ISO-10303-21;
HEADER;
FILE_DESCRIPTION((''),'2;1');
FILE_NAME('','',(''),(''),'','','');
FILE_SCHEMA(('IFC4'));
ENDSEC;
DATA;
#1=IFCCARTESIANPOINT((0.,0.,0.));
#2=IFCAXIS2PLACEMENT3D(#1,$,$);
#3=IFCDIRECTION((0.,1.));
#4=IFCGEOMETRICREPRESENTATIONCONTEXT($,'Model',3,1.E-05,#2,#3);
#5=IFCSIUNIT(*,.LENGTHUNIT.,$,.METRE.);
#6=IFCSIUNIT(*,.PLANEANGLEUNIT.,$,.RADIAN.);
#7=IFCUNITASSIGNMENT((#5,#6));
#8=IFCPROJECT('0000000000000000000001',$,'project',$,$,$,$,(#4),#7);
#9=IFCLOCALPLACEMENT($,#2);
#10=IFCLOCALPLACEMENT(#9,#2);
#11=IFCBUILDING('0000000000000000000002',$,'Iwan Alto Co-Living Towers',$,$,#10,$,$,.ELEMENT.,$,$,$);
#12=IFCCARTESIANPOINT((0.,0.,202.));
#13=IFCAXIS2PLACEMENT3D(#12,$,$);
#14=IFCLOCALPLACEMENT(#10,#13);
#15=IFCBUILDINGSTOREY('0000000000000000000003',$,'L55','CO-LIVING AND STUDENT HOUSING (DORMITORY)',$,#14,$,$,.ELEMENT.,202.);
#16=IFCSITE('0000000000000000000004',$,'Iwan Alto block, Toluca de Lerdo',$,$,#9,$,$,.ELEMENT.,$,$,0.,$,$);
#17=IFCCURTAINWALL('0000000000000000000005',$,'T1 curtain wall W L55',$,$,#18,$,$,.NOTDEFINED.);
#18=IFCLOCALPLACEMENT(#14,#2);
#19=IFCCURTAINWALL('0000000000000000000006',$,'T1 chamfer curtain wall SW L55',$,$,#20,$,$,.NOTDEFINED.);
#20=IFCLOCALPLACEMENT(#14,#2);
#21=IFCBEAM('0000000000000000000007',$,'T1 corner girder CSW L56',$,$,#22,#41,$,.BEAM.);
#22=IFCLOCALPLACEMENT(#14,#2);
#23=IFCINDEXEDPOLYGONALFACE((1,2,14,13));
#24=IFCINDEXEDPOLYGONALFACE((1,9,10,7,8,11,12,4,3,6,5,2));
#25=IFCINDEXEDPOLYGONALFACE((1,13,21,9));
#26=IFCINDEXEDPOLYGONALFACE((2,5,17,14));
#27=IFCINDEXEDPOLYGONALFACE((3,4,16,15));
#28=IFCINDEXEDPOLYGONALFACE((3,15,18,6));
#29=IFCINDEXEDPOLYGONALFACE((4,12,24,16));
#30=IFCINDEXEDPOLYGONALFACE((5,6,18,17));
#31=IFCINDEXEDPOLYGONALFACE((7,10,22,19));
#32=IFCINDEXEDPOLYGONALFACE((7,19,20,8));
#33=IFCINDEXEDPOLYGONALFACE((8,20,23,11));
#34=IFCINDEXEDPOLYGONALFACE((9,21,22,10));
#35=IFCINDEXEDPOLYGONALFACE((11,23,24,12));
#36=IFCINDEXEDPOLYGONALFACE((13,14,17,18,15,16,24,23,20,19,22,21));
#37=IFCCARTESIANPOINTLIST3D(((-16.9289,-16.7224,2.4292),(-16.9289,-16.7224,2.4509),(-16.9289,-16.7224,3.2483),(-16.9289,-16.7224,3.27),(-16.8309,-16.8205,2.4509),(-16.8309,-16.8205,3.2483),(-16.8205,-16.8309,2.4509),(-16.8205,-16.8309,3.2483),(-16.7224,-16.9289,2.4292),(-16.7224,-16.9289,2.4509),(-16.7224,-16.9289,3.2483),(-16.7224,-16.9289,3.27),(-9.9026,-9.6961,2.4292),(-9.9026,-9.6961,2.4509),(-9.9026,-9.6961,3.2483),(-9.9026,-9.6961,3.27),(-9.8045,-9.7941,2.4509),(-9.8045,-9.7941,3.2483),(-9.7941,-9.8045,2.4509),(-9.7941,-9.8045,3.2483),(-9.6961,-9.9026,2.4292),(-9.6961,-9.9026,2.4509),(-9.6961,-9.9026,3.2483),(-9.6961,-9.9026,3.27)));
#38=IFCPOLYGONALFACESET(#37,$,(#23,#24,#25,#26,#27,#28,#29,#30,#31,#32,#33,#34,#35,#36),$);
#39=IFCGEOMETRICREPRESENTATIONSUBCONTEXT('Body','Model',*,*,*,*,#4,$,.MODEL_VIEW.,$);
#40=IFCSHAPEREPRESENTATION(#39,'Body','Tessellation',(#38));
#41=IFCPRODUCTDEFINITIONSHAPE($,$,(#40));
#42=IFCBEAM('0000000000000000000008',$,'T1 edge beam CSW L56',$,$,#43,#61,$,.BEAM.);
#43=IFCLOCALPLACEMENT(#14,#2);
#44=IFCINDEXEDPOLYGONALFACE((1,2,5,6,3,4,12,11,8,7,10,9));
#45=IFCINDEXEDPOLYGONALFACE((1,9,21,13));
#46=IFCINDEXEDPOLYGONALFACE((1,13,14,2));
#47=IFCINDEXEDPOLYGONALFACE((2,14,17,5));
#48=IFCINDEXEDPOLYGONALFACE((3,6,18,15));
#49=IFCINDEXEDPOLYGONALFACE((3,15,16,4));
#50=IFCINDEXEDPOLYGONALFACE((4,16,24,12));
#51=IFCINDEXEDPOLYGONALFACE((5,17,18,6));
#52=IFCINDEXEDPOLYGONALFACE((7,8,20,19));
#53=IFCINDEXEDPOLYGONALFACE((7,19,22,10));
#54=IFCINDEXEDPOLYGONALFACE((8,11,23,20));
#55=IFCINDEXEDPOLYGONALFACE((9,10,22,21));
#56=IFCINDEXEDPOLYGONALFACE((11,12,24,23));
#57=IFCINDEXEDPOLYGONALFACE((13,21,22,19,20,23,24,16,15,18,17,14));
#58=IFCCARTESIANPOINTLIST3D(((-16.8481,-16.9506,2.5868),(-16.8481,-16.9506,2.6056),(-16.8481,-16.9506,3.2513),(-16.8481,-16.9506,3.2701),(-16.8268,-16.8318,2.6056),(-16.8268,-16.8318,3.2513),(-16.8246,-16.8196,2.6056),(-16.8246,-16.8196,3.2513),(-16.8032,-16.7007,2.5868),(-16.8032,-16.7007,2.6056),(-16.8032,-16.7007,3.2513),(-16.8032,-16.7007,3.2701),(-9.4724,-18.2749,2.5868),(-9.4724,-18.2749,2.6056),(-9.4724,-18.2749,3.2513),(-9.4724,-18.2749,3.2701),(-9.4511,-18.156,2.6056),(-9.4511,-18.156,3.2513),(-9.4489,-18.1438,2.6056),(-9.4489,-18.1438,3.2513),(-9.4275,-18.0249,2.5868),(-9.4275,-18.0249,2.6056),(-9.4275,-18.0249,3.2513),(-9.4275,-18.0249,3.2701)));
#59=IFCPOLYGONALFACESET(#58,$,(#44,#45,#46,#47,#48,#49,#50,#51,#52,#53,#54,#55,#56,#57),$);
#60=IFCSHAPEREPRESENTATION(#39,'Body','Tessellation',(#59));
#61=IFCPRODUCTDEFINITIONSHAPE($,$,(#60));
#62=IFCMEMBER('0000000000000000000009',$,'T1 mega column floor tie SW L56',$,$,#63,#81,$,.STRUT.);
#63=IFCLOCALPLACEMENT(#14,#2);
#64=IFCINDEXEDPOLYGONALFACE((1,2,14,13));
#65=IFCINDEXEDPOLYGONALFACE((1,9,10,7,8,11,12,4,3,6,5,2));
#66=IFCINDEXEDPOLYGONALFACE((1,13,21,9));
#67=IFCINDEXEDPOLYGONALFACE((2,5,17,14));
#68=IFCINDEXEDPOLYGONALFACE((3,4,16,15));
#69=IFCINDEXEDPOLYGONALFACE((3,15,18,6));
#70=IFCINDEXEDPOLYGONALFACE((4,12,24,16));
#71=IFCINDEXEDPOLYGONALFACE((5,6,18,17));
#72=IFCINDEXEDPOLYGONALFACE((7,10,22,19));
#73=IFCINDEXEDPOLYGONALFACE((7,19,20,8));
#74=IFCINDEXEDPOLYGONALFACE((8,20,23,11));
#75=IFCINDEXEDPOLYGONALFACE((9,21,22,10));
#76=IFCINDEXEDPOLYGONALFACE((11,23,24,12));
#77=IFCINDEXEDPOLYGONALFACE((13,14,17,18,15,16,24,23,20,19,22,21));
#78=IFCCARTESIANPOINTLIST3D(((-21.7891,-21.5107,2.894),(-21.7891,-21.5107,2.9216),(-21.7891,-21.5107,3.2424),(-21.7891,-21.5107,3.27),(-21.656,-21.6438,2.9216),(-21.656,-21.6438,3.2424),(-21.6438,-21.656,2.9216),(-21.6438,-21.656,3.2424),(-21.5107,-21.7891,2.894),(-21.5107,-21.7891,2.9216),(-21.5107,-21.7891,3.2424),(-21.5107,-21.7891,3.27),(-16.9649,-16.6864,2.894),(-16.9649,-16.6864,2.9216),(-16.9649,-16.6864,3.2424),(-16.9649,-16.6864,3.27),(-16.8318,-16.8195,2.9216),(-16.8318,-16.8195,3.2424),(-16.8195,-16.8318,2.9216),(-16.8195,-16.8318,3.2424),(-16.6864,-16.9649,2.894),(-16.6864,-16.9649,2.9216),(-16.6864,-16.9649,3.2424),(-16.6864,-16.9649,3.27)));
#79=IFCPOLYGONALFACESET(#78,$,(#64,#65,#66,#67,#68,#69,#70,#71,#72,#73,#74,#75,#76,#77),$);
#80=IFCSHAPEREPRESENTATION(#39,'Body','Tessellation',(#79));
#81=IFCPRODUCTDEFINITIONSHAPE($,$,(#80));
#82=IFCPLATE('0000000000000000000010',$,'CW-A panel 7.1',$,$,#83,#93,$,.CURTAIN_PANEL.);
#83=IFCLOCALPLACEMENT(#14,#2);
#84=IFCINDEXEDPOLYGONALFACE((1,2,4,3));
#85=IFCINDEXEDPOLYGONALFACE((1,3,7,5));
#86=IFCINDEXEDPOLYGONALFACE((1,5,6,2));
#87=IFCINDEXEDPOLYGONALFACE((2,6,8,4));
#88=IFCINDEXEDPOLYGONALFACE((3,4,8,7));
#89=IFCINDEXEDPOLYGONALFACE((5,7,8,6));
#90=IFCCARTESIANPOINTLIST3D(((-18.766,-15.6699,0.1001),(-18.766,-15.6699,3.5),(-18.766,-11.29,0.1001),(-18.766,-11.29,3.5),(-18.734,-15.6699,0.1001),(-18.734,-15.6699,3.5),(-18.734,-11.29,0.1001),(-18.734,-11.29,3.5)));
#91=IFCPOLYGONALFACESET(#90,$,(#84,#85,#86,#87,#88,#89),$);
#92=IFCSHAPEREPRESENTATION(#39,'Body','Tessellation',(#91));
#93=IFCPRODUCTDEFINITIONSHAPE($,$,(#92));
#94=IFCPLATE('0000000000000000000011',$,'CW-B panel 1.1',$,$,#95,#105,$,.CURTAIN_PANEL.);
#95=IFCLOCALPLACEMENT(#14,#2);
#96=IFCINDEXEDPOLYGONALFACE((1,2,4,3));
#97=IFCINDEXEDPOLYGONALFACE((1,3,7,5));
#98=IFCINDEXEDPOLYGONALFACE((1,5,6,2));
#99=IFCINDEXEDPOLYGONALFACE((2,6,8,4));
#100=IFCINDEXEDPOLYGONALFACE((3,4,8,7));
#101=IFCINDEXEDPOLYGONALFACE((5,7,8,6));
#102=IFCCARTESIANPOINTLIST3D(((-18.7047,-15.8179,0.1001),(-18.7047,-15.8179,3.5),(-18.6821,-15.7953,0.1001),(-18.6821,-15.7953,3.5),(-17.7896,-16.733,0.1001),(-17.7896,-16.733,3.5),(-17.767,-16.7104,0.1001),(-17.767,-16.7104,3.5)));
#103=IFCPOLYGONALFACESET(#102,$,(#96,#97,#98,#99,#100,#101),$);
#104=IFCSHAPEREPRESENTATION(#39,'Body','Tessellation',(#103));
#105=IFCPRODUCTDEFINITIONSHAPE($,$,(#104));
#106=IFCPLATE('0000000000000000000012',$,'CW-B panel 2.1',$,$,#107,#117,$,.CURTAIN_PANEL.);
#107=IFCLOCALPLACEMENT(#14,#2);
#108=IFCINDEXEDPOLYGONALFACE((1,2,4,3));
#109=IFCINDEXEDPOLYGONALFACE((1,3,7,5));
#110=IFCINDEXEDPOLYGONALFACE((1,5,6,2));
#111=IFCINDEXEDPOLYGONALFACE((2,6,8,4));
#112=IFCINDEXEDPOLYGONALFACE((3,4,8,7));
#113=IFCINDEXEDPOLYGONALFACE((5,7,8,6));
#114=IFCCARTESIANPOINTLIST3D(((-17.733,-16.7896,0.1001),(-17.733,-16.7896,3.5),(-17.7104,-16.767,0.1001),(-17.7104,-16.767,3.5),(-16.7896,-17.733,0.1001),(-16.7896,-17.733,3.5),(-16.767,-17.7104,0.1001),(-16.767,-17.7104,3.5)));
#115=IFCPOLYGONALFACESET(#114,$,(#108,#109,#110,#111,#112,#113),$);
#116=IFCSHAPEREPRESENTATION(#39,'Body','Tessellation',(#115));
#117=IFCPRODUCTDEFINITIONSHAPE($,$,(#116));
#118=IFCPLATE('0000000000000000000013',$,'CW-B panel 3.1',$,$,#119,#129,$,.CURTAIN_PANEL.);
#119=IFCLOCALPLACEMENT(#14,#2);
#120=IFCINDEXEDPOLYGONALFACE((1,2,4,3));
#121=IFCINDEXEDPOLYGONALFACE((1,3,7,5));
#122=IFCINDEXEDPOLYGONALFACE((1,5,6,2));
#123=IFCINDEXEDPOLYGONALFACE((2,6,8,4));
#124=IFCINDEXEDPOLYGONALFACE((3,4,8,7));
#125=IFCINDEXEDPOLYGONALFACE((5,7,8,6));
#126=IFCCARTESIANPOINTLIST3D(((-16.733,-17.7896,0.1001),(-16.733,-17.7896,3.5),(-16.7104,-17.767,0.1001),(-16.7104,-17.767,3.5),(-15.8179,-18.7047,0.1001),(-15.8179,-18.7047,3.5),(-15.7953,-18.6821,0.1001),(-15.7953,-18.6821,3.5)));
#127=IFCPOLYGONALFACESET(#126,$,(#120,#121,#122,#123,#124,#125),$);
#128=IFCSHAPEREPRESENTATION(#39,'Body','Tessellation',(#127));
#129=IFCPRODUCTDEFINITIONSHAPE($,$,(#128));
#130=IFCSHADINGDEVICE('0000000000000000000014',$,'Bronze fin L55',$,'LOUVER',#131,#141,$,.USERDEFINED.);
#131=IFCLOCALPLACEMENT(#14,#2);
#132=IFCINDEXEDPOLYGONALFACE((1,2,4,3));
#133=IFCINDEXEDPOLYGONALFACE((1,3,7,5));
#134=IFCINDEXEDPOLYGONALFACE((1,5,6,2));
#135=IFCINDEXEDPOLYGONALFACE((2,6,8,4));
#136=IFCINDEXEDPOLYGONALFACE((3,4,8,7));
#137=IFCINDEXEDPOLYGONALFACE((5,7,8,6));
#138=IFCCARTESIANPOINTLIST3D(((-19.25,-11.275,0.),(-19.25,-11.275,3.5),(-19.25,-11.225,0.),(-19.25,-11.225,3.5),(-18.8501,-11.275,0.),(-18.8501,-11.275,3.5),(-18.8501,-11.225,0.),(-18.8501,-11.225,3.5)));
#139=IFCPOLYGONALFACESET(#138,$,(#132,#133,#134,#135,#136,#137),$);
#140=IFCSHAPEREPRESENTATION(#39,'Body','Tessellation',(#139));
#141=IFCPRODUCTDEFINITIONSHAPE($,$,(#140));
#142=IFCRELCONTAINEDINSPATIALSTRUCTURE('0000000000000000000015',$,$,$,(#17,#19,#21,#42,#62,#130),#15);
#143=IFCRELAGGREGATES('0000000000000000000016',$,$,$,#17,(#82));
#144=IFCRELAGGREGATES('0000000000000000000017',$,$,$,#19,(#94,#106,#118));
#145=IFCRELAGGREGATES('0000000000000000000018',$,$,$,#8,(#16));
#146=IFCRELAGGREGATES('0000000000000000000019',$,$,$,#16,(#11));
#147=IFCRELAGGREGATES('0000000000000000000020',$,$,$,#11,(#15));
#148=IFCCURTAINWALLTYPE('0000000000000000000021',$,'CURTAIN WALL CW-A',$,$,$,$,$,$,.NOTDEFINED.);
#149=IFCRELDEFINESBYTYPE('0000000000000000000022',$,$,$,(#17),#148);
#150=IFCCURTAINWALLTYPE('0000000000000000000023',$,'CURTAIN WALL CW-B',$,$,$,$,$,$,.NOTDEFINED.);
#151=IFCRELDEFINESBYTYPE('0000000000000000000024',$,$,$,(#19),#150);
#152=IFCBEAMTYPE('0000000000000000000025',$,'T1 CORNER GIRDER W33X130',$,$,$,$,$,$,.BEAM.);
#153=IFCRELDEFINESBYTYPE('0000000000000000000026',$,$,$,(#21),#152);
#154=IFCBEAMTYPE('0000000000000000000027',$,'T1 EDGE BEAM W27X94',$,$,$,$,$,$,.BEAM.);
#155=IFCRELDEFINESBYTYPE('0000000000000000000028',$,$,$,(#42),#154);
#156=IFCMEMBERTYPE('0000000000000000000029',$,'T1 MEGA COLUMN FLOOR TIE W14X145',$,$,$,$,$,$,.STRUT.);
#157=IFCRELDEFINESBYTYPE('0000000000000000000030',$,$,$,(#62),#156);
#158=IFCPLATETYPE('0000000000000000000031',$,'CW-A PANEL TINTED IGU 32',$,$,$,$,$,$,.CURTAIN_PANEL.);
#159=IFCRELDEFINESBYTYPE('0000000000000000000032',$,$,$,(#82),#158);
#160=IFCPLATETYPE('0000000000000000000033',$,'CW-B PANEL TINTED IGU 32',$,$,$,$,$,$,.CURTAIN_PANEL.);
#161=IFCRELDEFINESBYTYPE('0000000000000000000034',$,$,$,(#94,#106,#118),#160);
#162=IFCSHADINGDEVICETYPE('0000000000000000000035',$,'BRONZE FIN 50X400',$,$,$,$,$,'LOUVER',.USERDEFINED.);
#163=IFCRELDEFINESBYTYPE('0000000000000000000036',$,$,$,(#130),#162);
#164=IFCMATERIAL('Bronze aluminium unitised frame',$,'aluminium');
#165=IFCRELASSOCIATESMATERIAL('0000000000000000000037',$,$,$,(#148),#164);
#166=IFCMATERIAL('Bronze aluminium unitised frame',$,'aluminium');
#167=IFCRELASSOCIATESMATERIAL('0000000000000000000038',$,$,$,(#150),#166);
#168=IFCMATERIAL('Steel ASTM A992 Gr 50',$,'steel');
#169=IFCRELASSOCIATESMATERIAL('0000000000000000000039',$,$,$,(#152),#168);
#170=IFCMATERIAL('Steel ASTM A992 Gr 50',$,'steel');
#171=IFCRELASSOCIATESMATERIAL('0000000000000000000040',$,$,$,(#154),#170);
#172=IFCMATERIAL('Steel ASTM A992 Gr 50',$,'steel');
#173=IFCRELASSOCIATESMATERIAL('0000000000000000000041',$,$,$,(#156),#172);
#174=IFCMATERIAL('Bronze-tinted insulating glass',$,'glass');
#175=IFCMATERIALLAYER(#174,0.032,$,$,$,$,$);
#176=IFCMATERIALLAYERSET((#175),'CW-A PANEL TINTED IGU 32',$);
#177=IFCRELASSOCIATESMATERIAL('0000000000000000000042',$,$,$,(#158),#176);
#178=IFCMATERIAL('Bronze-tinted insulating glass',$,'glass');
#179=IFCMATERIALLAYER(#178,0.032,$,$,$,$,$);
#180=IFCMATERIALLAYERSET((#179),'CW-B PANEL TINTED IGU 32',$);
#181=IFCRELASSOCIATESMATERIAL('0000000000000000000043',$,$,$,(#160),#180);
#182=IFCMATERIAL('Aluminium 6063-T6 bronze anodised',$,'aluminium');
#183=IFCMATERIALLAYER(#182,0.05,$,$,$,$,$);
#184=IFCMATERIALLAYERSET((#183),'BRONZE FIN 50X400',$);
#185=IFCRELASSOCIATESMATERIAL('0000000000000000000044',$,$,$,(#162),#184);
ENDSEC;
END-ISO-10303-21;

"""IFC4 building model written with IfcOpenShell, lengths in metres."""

from ifc_helpers import new_model, si_unit, direction, frame, origin, origin_2d, place, context, subcontext, project, spatial, rectangle, i_section, extrude, material, layer, layer_set, material_profile, profile_set, type_object, element, aggregate, save


model = new_model("IFC4")

# Units and contexts
model_context = context("Model", 3, precision=1e-05, world=origin(), true_north=direction((0.0, 1.0)))
body_context = subcontext(model_context, "Body", "Model", "MODEL_VIEW")
ifc_project = project(units=[si_unit("LENGTHUNIT", "METRE"), si_unit("PLANEANGLEUNIT", "RADIAN")], contexts=[model_context])

# Site, building, storey
site_placement = place(None, origin())
site = spatial("IfcSite", under=ifc_project, at=site_placement, Name="Iwan Alto block, Toluca de Lerdo", CompositionType="ELEMENT", RefElevation=0.0)
building_placement = place(site_placement, origin())
building = spatial("IfcBuilding", under=site, at=building_placement, Name="Iwan Alto Co-Living Towers", CompositionType="ELEMENT")
storey_placement = place(building_placement, frame((0.0, 0.0, 202.0)))
storey = spatial("IfcBuildingStorey", under=building, at=storey_placement, Name="L55", Description="CO-LIVING AND STUDENT HOUSING (DORMITORY)", CompositionType="ELEMENT", Elevation=202.0)

# Curtain walls
ifc_material_1 = material(Name="Bronze aluminium unitised frame", Category="aluminium")
curtain_wall_type_1 = type_object("IfcCurtainWallType", Name="CURTAIN WALL CW-A", PredefinedType="NOTDEFINED", material=ifc_material_1)
curtain_wall_1_placement = place(storey_placement, origin())
curtain_wall_1 = element("IfcCurtainWall", 1, at=curtain_wall_1_placement, inside=storey, type_object=curtain_wall_type_1, Name="T1 curtain wall W L55", PredefinedType="NOTDEFINED")
ifc_material_2 = material(Name="Bronze aluminium unitised frame", Category="aluminium")
curtain_wall_type_2 = type_object("IfcCurtainWallType", Name="CURTAIN WALL CW-B", PredefinedType="NOTDEFINED", material=ifc_material_2)
curtain_wall_2_placement = place(storey_placement, origin())
curtain_wall_2 = element("IfcCurtainWall", 2, at=curtain_wall_2_placement, inside=storey, type_object=curtain_wall_type_2, Name="T1 chamfer curtain wall SW L55", PredefinedType="NOTDEFINED")

# Beams
ifc_material_3 = material(Name="Steel ASTM A992 Gr 50", Category="steel")
ifc_material_profile_1 = material_profile(ifc_material_3, i_section(OverallWidth=0.292, OverallDepth=0.8408, WebThickness=0.0146, FlangeThickness=0.0217, at=origin_2d()), Name="W33X130")
ifc_profile_set_1 = profile_set([ifc_material_profile_1], Name="Steel ASTM A992 Gr 50")
beam_type_1 = type_object("IfcBeamType", Name="T1 CORNER GIRDER W33X130", PredefinedType="BEAM", material=ifc_profile_set_1)
beam_1_placement = place(storey_placement, frame((-16.8257, -16.8257, 2.8496), z_axis=(0.707107, 0.707107, 0.0), x_axis=(-0.707107, 0.707107, 0.0)))
element("IfcBeam", 3, at=beam_1_placement, inside=storey, type_object=beam_type_1, Name="T1 corner girder CSW L56", PredefinedType="BEAM", context=body_context, shape_type="SweptSolid", body=[
    extrude(i_section(OverallWidth=0.292, OverallDepth=0.8408, WebThickness=0.0146, FlangeThickness=0.0217, at=origin_2d()), origin(), (0.0, 0.0, 1.0), 9.9368),
])
ifc_material_4 = material(Name="Steel ASTM A992 Gr 50", Category="steel")
ifc_material_profile_2 = material_profile(ifc_material_4, i_section(OverallWidth=0.2539, OverallDepth=0.6833, WebThickness=0.0125, FlangeThickness=0.0188, at=origin_2d()), Name="W27X94")
ifc_profile_set_2 = profile_set([ifc_material_profile_2], Name="Steel ASTM A992 Gr 50")
beam_type_2 = type_object("IfcBeamType", Name="T1 EDGE BEAM W27X94", PredefinedType="BEAM", material=ifc_profile_set_2)
beam_2_placement = place(storey_placement, frame((-16.8257, -16.8257, 2.9285), z_axis=(0.984263, -0.176712, 0.0), x_axis=(0.176712, 0.984263, 0.0)))
element("IfcBeam", 4, at=beam_2_placement, inside=storey, type_object=beam_type_2, Name="T1 edge beam CSW L56", PredefinedType="BEAM", context=body_context, shape_type="SweptSolid", body=[
    extrude(i_section(OverallWidth=0.2539, OverallDepth=0.6833, WebThickness=0.0125, FlangeThickness=0.0188, at=origin_2d()), origin(), (0.0, 0.0, 1.0), 7.4937),
])

# Member
ifc_material_5 = material(Name="Steel ASTM A992 Gr 50", Category="steel")
ifc_material_profile_3 = material_profile(ifc_material_5, i_section(OverallWidth=0.3938, OverallDepth=0.376, WebThickness=0.0173, FlangeThickness=0.0276, at=origin_2d()), Name="W14X145")
ifc_profile_set_3 = profile_set([ifc_material_profile_3], Name="Steel ASTM A992 Gr 50")
member_type_1 = type_object("IfcMemberType", Name="T1 MEGA COLUMN FLOOR TIE W14X145", PredefinedType="STRUT", material=ifc_profile_set_3)
member_1_placement = place(storey_placement, frame((-21.6499, -21.6499, 3.082), z_axis=(0.707107, 0.707107, 0.0), x_axis=(-0.707107, 0.707107, 0.0)))
element("IfcMember", 5, at=member_1_placement, inside=storey, type_object=member_type_1, Name="T1 mega column floor tie SW L56", PredefinedType="STRUT", context=body_context, shape_type="SweptSolid", body=[
    extrude(i_section(OverallWidth=0.3938, OverallDepth=0.376, WebThickness=0.0173, FlangeThickness=0.0276, at=origin_2d()), origin(), (0.0, 0.0, 1.0), 6.8225),
])

# Plates
ifc_material_6 = material(Name="Bronze-tinted insulating glass", Category="glass")
ifc_layer_1 = layer(ifc_material_6, 0.032)
ifc_layer_set_1 = layer_set([ifc_layer_1], Name="CW-A PANEL TINTED IGU 32")
plate_type_1 = type_object("IfcPlateType", Name="CW-A PANEL TINTED IGU 32", PredefinedType="CURTAIN_PANEL", material=ifc_layer_set_1)
plate_1_placement = place(storey_placement, frame((-18.75, -13.48, 0.1001), z_axis=(0.0, 0.0, 1.0), x_axis=(0.0, -1.0, 0.0)))
plate_1 = element("IfcPlate", 6, at=plate_1_placement, type_object=plate_type_1, Name="CW-A panel 7.1", PredefinedType="CURTAIN_PANEL", context=body_context, shape_type="SweptSolid", body=[
    extrude(rectangle(XDim=4.3799, YDim=0.032, at=origin_2d()), origin(), (0.0, 0.0, 1.0), 3.3999),
])
aggregate(curtain_wall_1, [plate_1])
ifc_material_7 = material(Name="Bronze-tinted insulating glass", Category="glass")
ifc_layer_2 = layer(ifc_material_7, 0.032)
ifc_layer_set_2 = layer_set([ifc_layer_2], Name="CW-B PANEL TINTED IGU 32")
plate_type_2 = type_object("IfcPlateType", Name="CW-B PANEL TINTED IGU 32", PredefinedType="CURTAIN_PANEL", material=ifc_layer_set_2)
plate_2_placement = place(storey_placement, frame((-18.2358, -16.2642, 0.1001), z_axis=(0.0, 0.0, 1.0), x_axis=(0.707107, -0.707107, 0.0)))
plate_2 = element("IfcPlate", 7, at=plate_2_placement, type_object=plate_type_2, Name="CW-B panel 1.1", PredefinedType="CURTAIN_PANEL", context=body_context, shape_type="SweptSolid", body=[
    extrude(rectangle(XDim=1.2942, YDim=0.032, at=origin_2d()), origin(), (0.0, 0.0, 1.0), 3.3999),
])
plate_3_placement = place(storey_placement, frame((-17.25, -17.25, 0.1001), z_axis=(0.0, 0.0, 1.0), x_axis=(0.707107, -0.707107, 0.0)))
plate_3 = element("IfcPlate", 8, at=plate_3_placement, type_object=plate_type_2, Name="CW-B panel 2.1", PredefinedType="CURTAIN_PANEL", context=body_context, shape_type="SweptSolid", body=[
    extrude(rectangle(XDim=1.3342, YDim=0.032, at=origin_2d()), origin(), (0.0, 0.0, 1.0), 3.3999),
])
plate_4_placement = place(storey_placement, frame((-16.2642, -18.2358, 0.1001), z_axis=(0.0, 0.0, 1.0), x_axis=(0.707107, -0.707107, 0.0)))
plate_4 = element("IfcPlate", 9, at=plate_4_placement, type_object=plate_type_2, Name="CW-B panel 3.1", PredefinedType="CURTAIN_PANEL", context=body_context, shape_type="SweptSolid", body=[
    extrude(rectangle(XDim=1.2942, YDim=0.032, at=origin_2d()), origin(), (0.0, 0.0, 1.0), 3.3999),
])
aggregate(curtain_wall_2, [plate_2, plate_3, plate_4])

# Shading device
ifc_material_8 = material(Name="Aluminium 6063-T6 bronze anodised", Category="aluminium")
ifc_layer_3 = layer(ifc_material_8, 0.05)
ifc_layer_set_3 = layer_set([ifc_layer_3], Name="BRONZE FIN 50X400")
shading_device_type = type_object("IfcShadingDeviceType", Name="BRONZE FIN 50X400", ElementType="LOUVER", PredefinedType="USERDEFINED", material=ifc_layer_set_3)
shading_device_placement = place(storey_placement, frame((-19.05, -11.25, 0.0), z_axis=(0.0, 0.0, 1.0), x_axis=(0.0, -1.0, 0.0)))
element("IfcShadingDevice", 10, at=shading_device_placement, inside=storey, type_object=shading_device_type, Name="Bronze fin L55", ObjectType="LOUVER", PredefinedType="USERDEFINED", context=body_context, shape_type="SweptSolid", body=[
    extrude(rectangle(XDim=0.05, YDim=0.3999, at=origin_2d()), origin(), (0.0, 0.0, 1.0), 3.5),
])

save(model, "model.ifc")
